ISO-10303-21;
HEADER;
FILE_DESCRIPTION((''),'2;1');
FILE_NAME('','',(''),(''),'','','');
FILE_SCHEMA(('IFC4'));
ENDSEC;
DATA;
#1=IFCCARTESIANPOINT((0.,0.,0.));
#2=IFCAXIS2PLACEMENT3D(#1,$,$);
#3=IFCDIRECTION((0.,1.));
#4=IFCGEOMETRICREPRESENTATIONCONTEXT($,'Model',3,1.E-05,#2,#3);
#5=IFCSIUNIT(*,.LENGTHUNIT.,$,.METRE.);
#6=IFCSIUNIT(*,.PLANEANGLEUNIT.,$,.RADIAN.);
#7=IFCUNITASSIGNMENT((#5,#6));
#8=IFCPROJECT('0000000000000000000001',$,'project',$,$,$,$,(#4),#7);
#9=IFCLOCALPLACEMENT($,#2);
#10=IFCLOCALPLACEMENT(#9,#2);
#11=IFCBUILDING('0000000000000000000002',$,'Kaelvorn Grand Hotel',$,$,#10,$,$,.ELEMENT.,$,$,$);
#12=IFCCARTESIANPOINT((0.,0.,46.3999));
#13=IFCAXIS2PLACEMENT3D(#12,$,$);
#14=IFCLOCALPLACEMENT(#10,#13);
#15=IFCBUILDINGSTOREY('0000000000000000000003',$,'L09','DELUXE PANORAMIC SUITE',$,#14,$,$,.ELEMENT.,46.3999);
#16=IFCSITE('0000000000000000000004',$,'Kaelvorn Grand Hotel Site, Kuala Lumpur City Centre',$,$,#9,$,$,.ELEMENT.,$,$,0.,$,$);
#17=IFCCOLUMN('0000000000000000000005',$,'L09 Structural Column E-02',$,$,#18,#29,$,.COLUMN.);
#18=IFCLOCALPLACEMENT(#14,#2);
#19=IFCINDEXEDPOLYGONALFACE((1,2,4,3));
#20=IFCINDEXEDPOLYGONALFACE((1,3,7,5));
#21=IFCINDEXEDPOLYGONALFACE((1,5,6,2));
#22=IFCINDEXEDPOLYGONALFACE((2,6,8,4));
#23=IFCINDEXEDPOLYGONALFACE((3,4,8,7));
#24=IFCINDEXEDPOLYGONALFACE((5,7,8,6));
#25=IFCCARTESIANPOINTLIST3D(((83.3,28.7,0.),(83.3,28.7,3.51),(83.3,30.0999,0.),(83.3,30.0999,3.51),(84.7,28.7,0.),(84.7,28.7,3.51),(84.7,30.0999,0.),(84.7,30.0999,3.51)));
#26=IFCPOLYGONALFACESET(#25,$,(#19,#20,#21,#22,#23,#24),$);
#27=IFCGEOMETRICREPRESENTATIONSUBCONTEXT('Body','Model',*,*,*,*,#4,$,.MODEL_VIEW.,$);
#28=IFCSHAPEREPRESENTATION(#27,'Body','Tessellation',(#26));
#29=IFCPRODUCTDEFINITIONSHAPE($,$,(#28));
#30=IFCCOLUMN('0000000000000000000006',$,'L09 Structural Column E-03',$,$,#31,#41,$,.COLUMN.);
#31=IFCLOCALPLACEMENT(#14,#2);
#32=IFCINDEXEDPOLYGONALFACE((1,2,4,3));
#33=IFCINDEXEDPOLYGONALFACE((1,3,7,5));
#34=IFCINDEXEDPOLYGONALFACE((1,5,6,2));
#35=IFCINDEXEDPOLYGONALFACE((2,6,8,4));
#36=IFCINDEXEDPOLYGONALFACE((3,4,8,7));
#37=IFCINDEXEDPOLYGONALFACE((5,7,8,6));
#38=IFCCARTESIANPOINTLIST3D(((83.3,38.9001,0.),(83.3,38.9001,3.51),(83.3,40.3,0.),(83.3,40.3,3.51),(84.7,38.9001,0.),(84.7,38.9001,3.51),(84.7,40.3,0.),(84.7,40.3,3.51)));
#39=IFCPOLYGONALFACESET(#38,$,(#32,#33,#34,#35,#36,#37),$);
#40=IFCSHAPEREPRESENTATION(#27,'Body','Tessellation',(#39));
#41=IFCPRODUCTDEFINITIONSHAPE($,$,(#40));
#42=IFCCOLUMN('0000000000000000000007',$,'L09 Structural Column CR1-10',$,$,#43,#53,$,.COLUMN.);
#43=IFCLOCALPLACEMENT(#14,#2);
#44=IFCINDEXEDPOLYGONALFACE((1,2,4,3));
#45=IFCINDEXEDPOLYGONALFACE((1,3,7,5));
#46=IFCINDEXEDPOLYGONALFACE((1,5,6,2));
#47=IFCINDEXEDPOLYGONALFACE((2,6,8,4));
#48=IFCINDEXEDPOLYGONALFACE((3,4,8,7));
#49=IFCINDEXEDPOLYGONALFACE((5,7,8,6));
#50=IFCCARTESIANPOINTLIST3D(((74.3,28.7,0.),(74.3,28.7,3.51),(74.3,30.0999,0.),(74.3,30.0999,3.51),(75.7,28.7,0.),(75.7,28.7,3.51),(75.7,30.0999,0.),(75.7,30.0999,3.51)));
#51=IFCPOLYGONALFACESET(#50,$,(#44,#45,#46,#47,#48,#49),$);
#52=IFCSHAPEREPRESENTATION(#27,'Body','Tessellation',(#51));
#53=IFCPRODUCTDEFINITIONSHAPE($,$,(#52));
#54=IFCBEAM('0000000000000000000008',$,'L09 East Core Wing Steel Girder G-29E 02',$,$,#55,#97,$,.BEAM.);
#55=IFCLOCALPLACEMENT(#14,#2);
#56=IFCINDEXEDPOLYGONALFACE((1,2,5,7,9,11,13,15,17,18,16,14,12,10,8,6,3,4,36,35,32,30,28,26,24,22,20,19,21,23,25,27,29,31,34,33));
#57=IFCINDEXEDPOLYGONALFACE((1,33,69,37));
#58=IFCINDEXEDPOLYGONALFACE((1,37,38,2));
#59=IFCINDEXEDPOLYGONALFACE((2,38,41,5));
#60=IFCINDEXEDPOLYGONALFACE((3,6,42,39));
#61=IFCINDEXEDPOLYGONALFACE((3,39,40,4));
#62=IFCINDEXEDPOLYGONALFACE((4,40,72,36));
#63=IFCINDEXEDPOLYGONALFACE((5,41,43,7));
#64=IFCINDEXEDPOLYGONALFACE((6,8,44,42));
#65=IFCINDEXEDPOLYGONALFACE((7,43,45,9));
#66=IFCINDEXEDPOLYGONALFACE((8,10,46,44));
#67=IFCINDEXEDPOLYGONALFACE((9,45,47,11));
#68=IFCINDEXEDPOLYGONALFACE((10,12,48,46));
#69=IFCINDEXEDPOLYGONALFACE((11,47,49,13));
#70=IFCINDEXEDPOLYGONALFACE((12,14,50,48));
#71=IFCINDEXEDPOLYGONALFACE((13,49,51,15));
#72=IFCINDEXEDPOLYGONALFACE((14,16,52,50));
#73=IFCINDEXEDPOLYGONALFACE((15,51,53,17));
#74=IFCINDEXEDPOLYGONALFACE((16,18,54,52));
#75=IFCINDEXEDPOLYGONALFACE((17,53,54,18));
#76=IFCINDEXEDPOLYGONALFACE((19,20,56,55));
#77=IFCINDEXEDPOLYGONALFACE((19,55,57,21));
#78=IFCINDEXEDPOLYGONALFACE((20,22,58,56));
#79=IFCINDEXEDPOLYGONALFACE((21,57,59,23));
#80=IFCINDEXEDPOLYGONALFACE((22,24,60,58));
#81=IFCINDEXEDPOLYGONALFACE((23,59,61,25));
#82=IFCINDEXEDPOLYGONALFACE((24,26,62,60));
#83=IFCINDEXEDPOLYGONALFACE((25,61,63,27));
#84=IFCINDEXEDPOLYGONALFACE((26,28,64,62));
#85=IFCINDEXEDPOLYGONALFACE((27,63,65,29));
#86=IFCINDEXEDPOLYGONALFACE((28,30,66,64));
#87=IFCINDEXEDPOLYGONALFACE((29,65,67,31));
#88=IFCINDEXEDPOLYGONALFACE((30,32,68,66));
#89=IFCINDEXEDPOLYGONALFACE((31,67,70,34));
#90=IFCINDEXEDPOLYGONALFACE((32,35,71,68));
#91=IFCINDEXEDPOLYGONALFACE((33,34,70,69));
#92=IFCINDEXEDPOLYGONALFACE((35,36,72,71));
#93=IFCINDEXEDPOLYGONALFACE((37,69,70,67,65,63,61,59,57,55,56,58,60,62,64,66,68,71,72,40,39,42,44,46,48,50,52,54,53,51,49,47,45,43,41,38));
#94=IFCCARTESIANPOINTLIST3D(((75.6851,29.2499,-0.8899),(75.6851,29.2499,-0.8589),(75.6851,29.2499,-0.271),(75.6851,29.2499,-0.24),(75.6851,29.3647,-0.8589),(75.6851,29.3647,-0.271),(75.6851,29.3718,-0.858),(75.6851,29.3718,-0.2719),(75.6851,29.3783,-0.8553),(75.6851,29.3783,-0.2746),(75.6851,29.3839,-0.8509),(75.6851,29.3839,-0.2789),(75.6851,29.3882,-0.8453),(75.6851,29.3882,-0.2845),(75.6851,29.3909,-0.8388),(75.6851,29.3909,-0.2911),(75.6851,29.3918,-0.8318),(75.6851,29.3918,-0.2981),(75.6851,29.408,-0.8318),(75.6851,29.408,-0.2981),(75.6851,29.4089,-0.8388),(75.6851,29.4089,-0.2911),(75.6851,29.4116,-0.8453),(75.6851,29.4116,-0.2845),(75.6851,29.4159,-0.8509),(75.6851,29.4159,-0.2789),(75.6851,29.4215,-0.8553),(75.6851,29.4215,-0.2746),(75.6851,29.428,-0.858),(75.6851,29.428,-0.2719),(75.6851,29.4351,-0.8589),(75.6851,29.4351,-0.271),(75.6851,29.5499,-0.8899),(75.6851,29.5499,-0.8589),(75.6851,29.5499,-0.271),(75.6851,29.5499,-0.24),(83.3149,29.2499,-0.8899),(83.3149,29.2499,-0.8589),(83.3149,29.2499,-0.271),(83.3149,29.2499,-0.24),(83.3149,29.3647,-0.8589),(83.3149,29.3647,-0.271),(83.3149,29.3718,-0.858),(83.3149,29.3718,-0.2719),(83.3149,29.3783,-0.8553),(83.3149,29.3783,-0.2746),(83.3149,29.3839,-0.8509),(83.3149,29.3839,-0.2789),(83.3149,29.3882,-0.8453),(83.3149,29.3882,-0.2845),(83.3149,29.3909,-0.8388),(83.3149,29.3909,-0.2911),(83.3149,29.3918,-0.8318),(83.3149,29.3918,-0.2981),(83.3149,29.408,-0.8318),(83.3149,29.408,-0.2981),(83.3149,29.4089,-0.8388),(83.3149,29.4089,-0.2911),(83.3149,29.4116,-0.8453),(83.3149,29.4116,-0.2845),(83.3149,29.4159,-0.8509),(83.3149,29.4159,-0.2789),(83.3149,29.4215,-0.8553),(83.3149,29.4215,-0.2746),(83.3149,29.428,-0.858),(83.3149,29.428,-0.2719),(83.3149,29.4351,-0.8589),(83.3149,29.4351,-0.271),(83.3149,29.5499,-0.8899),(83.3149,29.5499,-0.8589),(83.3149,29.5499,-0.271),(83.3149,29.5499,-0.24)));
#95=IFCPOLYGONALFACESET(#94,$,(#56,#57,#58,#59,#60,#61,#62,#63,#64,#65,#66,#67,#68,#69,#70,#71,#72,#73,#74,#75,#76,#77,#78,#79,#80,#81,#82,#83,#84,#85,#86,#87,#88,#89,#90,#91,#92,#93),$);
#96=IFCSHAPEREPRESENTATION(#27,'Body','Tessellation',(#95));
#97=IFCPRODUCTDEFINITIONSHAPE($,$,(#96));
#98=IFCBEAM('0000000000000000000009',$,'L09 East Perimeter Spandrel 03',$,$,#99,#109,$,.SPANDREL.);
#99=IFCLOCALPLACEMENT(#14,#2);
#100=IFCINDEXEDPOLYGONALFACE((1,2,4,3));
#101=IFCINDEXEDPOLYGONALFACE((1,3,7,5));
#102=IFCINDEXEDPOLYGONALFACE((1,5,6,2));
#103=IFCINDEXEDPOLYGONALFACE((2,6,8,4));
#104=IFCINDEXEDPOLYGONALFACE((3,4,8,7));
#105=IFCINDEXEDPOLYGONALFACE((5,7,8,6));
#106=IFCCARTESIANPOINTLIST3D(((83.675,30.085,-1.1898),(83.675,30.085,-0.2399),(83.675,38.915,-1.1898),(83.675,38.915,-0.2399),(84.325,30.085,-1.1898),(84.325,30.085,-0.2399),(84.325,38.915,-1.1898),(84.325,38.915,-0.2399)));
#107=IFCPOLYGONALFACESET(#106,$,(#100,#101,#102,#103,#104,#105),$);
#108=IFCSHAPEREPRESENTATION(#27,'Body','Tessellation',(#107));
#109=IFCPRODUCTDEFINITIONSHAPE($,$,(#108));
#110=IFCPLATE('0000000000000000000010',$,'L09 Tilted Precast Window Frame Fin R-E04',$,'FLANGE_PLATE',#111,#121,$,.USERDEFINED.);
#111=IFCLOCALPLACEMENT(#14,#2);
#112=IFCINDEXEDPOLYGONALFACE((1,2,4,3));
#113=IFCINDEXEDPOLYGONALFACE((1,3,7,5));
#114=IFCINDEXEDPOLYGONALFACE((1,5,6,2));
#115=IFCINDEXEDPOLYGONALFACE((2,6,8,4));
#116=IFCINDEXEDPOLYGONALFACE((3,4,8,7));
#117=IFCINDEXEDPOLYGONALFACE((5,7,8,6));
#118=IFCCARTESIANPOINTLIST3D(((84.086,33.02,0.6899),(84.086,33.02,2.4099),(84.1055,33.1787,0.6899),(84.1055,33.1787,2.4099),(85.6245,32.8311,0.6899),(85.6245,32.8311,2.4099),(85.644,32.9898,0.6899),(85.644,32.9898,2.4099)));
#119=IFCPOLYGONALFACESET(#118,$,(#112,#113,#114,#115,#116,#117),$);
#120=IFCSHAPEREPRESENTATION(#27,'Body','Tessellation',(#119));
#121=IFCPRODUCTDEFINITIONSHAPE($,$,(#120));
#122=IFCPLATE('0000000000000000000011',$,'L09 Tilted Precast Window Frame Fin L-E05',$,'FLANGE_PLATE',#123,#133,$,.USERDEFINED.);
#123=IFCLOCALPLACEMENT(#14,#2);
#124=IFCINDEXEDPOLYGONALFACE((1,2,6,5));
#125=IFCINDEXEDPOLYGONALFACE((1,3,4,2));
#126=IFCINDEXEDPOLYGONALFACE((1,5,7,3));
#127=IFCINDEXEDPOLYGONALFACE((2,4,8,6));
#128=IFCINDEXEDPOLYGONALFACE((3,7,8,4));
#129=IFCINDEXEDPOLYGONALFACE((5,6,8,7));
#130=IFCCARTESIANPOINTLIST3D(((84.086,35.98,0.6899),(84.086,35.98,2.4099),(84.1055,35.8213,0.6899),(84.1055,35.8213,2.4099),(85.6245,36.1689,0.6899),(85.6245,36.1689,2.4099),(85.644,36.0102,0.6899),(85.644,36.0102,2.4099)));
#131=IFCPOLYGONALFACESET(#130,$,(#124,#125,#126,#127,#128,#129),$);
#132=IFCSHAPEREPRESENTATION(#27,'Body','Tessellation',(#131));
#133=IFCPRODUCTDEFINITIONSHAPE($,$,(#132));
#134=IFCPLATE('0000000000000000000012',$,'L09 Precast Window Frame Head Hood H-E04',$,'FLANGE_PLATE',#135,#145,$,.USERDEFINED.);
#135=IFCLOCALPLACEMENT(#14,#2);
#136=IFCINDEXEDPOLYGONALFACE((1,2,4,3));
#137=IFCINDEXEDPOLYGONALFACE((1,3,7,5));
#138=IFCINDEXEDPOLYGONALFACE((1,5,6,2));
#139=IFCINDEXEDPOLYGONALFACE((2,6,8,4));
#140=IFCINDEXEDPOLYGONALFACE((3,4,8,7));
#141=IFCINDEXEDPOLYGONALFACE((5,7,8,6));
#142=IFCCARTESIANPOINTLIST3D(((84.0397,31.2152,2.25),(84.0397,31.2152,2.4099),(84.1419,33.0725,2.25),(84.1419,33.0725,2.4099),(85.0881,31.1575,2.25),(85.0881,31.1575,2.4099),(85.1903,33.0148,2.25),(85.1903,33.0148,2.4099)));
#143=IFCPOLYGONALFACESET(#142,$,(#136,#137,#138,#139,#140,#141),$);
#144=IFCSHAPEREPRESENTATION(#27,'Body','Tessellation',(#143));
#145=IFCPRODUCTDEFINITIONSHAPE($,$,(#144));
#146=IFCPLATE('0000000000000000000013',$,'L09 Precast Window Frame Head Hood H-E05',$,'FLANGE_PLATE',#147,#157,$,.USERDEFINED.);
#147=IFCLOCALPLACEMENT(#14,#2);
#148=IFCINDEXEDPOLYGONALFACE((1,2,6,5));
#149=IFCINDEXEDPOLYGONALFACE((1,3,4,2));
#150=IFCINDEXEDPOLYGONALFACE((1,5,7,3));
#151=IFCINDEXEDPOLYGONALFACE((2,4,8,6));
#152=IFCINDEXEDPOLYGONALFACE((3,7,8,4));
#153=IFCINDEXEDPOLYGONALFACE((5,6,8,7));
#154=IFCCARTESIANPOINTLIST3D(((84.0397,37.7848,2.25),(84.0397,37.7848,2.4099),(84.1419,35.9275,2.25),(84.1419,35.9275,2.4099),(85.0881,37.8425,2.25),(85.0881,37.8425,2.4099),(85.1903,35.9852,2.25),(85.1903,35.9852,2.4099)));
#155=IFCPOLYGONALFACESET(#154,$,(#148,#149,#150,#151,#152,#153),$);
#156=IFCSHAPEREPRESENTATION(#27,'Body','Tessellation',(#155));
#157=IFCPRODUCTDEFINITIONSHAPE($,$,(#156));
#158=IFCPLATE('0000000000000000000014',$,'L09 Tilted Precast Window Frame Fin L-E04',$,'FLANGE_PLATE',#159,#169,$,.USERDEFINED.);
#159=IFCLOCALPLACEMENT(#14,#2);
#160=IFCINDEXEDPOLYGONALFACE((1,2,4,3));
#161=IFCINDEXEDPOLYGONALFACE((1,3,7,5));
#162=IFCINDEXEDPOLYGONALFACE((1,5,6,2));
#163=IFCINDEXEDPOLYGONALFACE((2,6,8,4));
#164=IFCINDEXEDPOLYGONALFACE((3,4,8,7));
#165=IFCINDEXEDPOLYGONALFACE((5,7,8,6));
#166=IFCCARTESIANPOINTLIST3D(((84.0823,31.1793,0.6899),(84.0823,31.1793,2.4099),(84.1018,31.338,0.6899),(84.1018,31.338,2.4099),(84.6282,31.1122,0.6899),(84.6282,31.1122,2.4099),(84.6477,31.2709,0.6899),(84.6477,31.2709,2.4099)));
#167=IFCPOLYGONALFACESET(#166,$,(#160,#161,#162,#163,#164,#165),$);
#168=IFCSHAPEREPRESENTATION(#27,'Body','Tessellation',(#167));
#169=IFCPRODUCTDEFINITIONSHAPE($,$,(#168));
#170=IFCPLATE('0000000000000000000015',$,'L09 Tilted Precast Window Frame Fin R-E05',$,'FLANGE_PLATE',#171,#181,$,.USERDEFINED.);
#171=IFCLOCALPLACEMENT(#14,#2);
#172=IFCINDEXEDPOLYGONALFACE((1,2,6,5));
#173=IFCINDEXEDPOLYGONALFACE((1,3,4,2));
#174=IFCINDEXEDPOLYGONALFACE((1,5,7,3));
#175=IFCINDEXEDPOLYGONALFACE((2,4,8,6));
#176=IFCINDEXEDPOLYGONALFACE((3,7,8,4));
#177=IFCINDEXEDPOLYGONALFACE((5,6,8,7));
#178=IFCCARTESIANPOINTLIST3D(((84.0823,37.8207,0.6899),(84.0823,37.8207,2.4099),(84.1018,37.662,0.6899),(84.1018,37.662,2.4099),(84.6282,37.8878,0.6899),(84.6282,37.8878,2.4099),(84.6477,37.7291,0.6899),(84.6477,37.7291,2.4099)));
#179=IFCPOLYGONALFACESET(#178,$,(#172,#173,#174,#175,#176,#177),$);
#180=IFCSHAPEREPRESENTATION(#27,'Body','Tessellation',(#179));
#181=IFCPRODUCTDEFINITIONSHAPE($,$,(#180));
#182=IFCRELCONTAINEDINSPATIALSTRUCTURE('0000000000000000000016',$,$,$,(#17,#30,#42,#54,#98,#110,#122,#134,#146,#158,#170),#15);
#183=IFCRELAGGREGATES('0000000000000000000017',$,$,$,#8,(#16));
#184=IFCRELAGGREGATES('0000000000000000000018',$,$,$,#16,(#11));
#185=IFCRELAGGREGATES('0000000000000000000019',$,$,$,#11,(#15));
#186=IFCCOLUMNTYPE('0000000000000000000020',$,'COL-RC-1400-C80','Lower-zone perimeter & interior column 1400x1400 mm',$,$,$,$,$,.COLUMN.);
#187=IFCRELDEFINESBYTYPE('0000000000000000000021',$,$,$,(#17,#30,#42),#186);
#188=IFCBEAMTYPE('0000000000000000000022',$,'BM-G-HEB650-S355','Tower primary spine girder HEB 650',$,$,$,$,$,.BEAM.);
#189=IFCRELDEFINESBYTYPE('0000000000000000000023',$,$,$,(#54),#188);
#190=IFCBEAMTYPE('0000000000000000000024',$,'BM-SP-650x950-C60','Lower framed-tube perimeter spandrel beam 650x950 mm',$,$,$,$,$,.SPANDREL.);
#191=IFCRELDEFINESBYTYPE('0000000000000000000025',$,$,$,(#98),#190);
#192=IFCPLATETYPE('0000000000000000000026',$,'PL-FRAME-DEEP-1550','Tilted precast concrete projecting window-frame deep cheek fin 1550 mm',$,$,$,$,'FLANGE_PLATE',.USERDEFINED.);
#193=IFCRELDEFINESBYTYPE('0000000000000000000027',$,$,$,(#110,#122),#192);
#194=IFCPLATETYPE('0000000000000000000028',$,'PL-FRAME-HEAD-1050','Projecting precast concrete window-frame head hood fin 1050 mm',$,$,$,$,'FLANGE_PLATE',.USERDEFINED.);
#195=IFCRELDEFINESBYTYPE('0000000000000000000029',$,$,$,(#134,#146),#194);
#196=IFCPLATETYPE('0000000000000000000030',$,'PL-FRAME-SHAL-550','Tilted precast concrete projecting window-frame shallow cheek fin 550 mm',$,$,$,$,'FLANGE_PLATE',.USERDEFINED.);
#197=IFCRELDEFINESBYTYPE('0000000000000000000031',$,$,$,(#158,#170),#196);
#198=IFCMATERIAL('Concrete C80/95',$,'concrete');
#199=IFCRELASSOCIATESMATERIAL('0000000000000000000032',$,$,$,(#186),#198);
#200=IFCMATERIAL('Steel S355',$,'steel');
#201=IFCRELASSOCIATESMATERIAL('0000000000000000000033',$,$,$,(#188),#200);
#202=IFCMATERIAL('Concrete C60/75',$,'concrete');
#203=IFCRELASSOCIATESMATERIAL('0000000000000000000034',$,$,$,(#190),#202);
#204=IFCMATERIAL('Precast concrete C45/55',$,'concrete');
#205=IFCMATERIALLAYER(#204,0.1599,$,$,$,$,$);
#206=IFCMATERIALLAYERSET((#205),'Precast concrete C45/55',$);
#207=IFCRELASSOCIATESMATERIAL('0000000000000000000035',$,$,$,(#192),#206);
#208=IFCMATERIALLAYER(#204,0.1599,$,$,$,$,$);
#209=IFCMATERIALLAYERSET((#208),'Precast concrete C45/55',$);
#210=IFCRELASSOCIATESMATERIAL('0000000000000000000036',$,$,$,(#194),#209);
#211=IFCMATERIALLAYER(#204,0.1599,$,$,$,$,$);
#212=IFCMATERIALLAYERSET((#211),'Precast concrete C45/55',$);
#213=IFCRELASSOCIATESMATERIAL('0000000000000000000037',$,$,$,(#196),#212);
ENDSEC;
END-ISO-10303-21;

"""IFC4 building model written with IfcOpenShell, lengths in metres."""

from ifc_helpers import new_model, si_unit, direction, frame, origin, origin_2d, place, context, subcontext, project, spatial, rectangle, i_section, extrude, material, layer, layer_set, material_profile, profile_set, type_object, element, save


model = new_model("IFC4")

# Units and contexts
model_context = context("Model", 3, precision=1e-05, world=origin(), true_north=direction((0.0, 1.0)))
body_context = subcontext(model_context, "Body", "Model", "MODEL_VIEW")
ifc_project = project(units=[si_unit("LENGTHUNIT", "METRE"), si_unit("PLANEANGLEUNIT", "RADIAN")], contexts=[model_context])

# Site, building, storey
site_placement = place(None, origin())
site = spatial("IfcSite", under=ifc_project, at=site_placement, Name="Kaelvorn Grand Hotel Site, Kuala Lumpur City Centre", CompositionType="ELEMENT", RefElevation=0.0)
building_placement = place(site_placement, origin())
building = spatial("IfcBuilding", under=site, at=building_placement, Name="Kaelvorn Grand Hotel", CompositionType="ELEMENT")
storey_placement = place(building_placement, frame((0.0, 0.0, 46.3999)))
storey = spatial("IfcBuildingStorey", under=building, at=storey_placement, Name="L09", Description="DELUXE PANORAMIC SUITE", CompositionType="ELEMENT", Elevation=46.3999)

# Columns
ifc_material_1 = material(Name="Concrete C80/95", Category="concrete")
ifc_material_profile_1 = material_profile(ifc_material_1, rectangle(XDim=1.3999, YDim=1.3999, at=origin_2d()), Name="RC COL 1400x1400")
ifc_profile_set_1 = profile_set([ifc_material_profile_1], Name="Concrete C80/95")
column_type = type_object("IfcColumnType", Name="COL-RC-1400-C80", Description="Lower-zone perimeter & interior column 1400x1400 mm", PredefinedType="COLUMN", material=ifc_profile_set_1)
for number, where, z_axis, x_axis, name in (
    (1, (84.0, 29.3999, 0.0), (0.0, 0.0, 1.0), (1.0, 0.0, 0.0), "L09 Structural Column E-02"),
    (2, (84.0, 39.6001, 0.0), (0.0, 0.0, 1.0), (1.0, 0.0, 0.0), "L09 Structural Column E-03"),
    (3, (75.0, 29.3999, 0.0), (0.0, 0.0, 1.0), (1.0, 0.0, 0.0), "L09 Structural Column CR1-10"),
):
    element("IfcColumn", number, at=place(storey_placement, frame(where, z_axis=z_axis, x_axis=x_axis)), inside=storey, type_object=column_type, Name=name, PredefinedType="COLUMN", context=body_context, shape_type="SweptSolid", body=[
        extrude(rectangle(XDim=1.3999, YDim=1.3999, at=origin_2d()), origin(), (0.0, 0.0, 1.0), 3.51),
    ])

# Beams
ifc_material_2 = material(Name="Steel S355", Category="steel")
ifc_material_profile_2 = material_profile(ifc_material_2, i_section(OverallWidth=0.3, OverallDepth=0.6499, WebThickness=0.0161, FlangeThickness=0.031, FilletRadius=0.0271, at=origin_2d()), Name="HEB 650")
ifc_profile_set_2 = profile_set([ifc_material_profile_2], Name="Steel S355")
beam_type_1 = type_object("IfcBeamType", Name="BM-G-HEB650-S355", Description="Tower primary spine girder HEB 650", PredefinedType="BEAM", material=ifc_profile_set_2)
beam_1_placement = place(storey_placement, frame((75.6851, 29.3999, -0.5649), z_axis=(1.0, 0.0, 0.0), x_axis=(0.0, 1.0, 0.0)))
element("IfcBeam", 4, at=beam_1_placement, inside=storey, type_object=beam_type_1, Name="L09 East Core Wing Steel Girder G-29E 02", PredefinedType="BEAM", context=body_context, shape_type="SweptSolid", body=[
    extrude(i_section(OverallWidth=0.3, OverallDepth=0.6499, WebThickness=0.0161, FlangeThickness=0.031, FilletRadius=0.0271, at=origin_2d()), origin(), (0.0, 0.0, 1.0), 7.6299),
])
ifc_material_3 = material(Name="Concrete C60/75", Category="concrete")
ifc_material_profile_3 = material_profile(ifc_material_3, rectangle(XDim=0.6499, YDim=0.95, at=origin_2d()), Name="RC SPANDREL 650x950")
ifc_profile_set_3 = profile_set([ifc_material_profile_3], Name="Concrete C60/75")
beam_type_2 = type_object("IfcBeamType", Name="BM-SP-650x950-C60", Description="Lower framed-tube perimeter spandrel beam 650x950 mm", PredefinedType="SPANDREL", material=ifc_profile_set_3)
beam_2_placement = place(storey_placement, frame((84.0, 30.085, -0.7148), z_axis=(0.0, 1.0, 0.0), x_axis=(-1.0, 0.0, 0.0)))
element("IfcBeam", 5, at=beam_2_placement, inside=storey, type_object=beam_type_2, Name="L09 East Perimeter Spandrel 03", PredefinedType="SPANDREL", context=body_context, shape_type="SweptSolid", body=[
    extrude(rectangle(XDim=0.6499, YDim=0.95, at=origin_2d()), origin(), (0.0, 0.0, 1.0), 8.8301),
])

# Plates
ifc_material_4 = material(Name="Precast concrete C45/55", Category="concrete")
ifc_layer_1 = layer(ifc_material_4, 0.1599)
ifc_layer_set_1 = layer_set([ifc_layer_1], Name="Precast concrete C45/55")
plate_type_1 = type_object("IfcPlateType", Name="PL-FRAME-DEEP-1550", Description="Tilted precast concrete projecting window-frame deep cheek fin 1550 mm", ElementType="FLANGE_PLATE", PredefinedType="USERDEFINED", material=ifc_layer_set_1)
for number, where, z_axis, x_axis, name in (
    (6, (84.865, 33.0049, 0.6899), (0.0, 0.0, 1.0), (0.121869, 0.992546, 0.0), "L09 Tilted Precast Window Frame Fin R-E04"),
    (7, (84.865, 35.9951, 0.6899), (0.0, 0.0, 1.0), (-0.121869, 0.992546, 0.0), "L09 Tilted Precast Window Frame Fin L-E05"),
):
    element("IfcPlate", number, at=place(storey_placement, frame(where, z_axis=z_axis, x_axis=x_axis)), inside=storey, type_object=plate_type_1, Name=name, ObjectType="FLANGE_PLATE", PredefinedType="USERDEFINED", context=body_context, shape_type="SweptSolid", body=[
        extrude(rectangle(XDim=0.1599, YDim=1.55, at=origin_2d()), origin(), (0.0, 0.0, 1.0), 1.72),
    ])
ifc_layer_2 = layer(ifc_material_4, 0.1599)
ifc_layer_set_2 = layer_set([ifc_layer_2], Name="Precast concrete C45/55")
plate_type_2 = type_object("IfcPlateType", Name="PL-FRAME-HEAD-1050", Description="Projecting precast concrete window-frame head hood fin 1050 mm", ElementType="FLANGE_PLATE", PredefinedType="USERDEFINED", material=ifc_layer_set_2)
for number, where, z_axis, x_axis, name in (
    (8, (84.615, 32.115, 2.25), (0.0, 0.0, 1.0), (0.05495, 0.998489, 0.0), "L09 Precast Window Frame Head Hood H-E04"),
    (9, (84.615, 36.885, 2.25), (0.0, 0.0, 1.0), (-0.05495, 0.998489, 0.0), "L09 Precast Window Frame Head Hood H-E05"),
):
    element("IfcPlate", number, at=place(storey_placement, frame(where, z_axis=z_axis, x_axis=x_axis)), inside=storey, type_object=plate_type_2, Name=name, ObjectType="FLANGE_PLATE", PredefinedType="USERDEFINED", context=body_context, shape_type="SweptSolid", body=[
        extrude(rectangle(XDim=1.8601, YDim=1.05, at=origin_2d()), origin(), (0.0, 0.0, 1.0), 0.1599),
    ])
ifc_layer_3 = layer(ifc_material_4, 0.1599)
ifc_layer_set_3 = layer_set([ifc_layer_3], Name="Precast concrete C45/55")
plate_type_3 = type_object("IfcPlateType", Name="PL-FRAME-SHAL-550", Description="Tilted precast concrete projecting window-frame shallow cheek fin 550 mm", ElementType="FLANGE_PLATE", PredefinedType="USERDEFINED", material=ifc_layer_set_3)
for number, where, z_axis, x_axis, name in (
    (10, (84.365, 31.2251, 0.6899), (0.0, 0.0, 1.0), (0.121869, 0.992546, 0.0), "L09 Tilted Precast Window Frame Fin L-E04"),
    (11, (84.365, 37.7749, 0.6899), (0.0, 0.0, 1.0), (-0.121869, 0.992546, 0.0), "L09 Tilted Precast Window Frame Fin R-E05"),
):
    element("IfcPlate", number, at=place(storey_placement, frame(where, z_axis=z_axis, x_axis=x_axis)), inside=storey, type_object=plate_type_3, Name=name, ObjectType="FLANGE_PLATE", PredefinedType="USERDEFINED", context=body_context, shape_type="SweptSolid", body=[
        extrude(rectangle(XDim=0.1599, YDim=0.55, at=origin_2d()), origin(), (0.0, 0.0, 1.0), 1.72),
    ])

save(model, "model.ifc")
